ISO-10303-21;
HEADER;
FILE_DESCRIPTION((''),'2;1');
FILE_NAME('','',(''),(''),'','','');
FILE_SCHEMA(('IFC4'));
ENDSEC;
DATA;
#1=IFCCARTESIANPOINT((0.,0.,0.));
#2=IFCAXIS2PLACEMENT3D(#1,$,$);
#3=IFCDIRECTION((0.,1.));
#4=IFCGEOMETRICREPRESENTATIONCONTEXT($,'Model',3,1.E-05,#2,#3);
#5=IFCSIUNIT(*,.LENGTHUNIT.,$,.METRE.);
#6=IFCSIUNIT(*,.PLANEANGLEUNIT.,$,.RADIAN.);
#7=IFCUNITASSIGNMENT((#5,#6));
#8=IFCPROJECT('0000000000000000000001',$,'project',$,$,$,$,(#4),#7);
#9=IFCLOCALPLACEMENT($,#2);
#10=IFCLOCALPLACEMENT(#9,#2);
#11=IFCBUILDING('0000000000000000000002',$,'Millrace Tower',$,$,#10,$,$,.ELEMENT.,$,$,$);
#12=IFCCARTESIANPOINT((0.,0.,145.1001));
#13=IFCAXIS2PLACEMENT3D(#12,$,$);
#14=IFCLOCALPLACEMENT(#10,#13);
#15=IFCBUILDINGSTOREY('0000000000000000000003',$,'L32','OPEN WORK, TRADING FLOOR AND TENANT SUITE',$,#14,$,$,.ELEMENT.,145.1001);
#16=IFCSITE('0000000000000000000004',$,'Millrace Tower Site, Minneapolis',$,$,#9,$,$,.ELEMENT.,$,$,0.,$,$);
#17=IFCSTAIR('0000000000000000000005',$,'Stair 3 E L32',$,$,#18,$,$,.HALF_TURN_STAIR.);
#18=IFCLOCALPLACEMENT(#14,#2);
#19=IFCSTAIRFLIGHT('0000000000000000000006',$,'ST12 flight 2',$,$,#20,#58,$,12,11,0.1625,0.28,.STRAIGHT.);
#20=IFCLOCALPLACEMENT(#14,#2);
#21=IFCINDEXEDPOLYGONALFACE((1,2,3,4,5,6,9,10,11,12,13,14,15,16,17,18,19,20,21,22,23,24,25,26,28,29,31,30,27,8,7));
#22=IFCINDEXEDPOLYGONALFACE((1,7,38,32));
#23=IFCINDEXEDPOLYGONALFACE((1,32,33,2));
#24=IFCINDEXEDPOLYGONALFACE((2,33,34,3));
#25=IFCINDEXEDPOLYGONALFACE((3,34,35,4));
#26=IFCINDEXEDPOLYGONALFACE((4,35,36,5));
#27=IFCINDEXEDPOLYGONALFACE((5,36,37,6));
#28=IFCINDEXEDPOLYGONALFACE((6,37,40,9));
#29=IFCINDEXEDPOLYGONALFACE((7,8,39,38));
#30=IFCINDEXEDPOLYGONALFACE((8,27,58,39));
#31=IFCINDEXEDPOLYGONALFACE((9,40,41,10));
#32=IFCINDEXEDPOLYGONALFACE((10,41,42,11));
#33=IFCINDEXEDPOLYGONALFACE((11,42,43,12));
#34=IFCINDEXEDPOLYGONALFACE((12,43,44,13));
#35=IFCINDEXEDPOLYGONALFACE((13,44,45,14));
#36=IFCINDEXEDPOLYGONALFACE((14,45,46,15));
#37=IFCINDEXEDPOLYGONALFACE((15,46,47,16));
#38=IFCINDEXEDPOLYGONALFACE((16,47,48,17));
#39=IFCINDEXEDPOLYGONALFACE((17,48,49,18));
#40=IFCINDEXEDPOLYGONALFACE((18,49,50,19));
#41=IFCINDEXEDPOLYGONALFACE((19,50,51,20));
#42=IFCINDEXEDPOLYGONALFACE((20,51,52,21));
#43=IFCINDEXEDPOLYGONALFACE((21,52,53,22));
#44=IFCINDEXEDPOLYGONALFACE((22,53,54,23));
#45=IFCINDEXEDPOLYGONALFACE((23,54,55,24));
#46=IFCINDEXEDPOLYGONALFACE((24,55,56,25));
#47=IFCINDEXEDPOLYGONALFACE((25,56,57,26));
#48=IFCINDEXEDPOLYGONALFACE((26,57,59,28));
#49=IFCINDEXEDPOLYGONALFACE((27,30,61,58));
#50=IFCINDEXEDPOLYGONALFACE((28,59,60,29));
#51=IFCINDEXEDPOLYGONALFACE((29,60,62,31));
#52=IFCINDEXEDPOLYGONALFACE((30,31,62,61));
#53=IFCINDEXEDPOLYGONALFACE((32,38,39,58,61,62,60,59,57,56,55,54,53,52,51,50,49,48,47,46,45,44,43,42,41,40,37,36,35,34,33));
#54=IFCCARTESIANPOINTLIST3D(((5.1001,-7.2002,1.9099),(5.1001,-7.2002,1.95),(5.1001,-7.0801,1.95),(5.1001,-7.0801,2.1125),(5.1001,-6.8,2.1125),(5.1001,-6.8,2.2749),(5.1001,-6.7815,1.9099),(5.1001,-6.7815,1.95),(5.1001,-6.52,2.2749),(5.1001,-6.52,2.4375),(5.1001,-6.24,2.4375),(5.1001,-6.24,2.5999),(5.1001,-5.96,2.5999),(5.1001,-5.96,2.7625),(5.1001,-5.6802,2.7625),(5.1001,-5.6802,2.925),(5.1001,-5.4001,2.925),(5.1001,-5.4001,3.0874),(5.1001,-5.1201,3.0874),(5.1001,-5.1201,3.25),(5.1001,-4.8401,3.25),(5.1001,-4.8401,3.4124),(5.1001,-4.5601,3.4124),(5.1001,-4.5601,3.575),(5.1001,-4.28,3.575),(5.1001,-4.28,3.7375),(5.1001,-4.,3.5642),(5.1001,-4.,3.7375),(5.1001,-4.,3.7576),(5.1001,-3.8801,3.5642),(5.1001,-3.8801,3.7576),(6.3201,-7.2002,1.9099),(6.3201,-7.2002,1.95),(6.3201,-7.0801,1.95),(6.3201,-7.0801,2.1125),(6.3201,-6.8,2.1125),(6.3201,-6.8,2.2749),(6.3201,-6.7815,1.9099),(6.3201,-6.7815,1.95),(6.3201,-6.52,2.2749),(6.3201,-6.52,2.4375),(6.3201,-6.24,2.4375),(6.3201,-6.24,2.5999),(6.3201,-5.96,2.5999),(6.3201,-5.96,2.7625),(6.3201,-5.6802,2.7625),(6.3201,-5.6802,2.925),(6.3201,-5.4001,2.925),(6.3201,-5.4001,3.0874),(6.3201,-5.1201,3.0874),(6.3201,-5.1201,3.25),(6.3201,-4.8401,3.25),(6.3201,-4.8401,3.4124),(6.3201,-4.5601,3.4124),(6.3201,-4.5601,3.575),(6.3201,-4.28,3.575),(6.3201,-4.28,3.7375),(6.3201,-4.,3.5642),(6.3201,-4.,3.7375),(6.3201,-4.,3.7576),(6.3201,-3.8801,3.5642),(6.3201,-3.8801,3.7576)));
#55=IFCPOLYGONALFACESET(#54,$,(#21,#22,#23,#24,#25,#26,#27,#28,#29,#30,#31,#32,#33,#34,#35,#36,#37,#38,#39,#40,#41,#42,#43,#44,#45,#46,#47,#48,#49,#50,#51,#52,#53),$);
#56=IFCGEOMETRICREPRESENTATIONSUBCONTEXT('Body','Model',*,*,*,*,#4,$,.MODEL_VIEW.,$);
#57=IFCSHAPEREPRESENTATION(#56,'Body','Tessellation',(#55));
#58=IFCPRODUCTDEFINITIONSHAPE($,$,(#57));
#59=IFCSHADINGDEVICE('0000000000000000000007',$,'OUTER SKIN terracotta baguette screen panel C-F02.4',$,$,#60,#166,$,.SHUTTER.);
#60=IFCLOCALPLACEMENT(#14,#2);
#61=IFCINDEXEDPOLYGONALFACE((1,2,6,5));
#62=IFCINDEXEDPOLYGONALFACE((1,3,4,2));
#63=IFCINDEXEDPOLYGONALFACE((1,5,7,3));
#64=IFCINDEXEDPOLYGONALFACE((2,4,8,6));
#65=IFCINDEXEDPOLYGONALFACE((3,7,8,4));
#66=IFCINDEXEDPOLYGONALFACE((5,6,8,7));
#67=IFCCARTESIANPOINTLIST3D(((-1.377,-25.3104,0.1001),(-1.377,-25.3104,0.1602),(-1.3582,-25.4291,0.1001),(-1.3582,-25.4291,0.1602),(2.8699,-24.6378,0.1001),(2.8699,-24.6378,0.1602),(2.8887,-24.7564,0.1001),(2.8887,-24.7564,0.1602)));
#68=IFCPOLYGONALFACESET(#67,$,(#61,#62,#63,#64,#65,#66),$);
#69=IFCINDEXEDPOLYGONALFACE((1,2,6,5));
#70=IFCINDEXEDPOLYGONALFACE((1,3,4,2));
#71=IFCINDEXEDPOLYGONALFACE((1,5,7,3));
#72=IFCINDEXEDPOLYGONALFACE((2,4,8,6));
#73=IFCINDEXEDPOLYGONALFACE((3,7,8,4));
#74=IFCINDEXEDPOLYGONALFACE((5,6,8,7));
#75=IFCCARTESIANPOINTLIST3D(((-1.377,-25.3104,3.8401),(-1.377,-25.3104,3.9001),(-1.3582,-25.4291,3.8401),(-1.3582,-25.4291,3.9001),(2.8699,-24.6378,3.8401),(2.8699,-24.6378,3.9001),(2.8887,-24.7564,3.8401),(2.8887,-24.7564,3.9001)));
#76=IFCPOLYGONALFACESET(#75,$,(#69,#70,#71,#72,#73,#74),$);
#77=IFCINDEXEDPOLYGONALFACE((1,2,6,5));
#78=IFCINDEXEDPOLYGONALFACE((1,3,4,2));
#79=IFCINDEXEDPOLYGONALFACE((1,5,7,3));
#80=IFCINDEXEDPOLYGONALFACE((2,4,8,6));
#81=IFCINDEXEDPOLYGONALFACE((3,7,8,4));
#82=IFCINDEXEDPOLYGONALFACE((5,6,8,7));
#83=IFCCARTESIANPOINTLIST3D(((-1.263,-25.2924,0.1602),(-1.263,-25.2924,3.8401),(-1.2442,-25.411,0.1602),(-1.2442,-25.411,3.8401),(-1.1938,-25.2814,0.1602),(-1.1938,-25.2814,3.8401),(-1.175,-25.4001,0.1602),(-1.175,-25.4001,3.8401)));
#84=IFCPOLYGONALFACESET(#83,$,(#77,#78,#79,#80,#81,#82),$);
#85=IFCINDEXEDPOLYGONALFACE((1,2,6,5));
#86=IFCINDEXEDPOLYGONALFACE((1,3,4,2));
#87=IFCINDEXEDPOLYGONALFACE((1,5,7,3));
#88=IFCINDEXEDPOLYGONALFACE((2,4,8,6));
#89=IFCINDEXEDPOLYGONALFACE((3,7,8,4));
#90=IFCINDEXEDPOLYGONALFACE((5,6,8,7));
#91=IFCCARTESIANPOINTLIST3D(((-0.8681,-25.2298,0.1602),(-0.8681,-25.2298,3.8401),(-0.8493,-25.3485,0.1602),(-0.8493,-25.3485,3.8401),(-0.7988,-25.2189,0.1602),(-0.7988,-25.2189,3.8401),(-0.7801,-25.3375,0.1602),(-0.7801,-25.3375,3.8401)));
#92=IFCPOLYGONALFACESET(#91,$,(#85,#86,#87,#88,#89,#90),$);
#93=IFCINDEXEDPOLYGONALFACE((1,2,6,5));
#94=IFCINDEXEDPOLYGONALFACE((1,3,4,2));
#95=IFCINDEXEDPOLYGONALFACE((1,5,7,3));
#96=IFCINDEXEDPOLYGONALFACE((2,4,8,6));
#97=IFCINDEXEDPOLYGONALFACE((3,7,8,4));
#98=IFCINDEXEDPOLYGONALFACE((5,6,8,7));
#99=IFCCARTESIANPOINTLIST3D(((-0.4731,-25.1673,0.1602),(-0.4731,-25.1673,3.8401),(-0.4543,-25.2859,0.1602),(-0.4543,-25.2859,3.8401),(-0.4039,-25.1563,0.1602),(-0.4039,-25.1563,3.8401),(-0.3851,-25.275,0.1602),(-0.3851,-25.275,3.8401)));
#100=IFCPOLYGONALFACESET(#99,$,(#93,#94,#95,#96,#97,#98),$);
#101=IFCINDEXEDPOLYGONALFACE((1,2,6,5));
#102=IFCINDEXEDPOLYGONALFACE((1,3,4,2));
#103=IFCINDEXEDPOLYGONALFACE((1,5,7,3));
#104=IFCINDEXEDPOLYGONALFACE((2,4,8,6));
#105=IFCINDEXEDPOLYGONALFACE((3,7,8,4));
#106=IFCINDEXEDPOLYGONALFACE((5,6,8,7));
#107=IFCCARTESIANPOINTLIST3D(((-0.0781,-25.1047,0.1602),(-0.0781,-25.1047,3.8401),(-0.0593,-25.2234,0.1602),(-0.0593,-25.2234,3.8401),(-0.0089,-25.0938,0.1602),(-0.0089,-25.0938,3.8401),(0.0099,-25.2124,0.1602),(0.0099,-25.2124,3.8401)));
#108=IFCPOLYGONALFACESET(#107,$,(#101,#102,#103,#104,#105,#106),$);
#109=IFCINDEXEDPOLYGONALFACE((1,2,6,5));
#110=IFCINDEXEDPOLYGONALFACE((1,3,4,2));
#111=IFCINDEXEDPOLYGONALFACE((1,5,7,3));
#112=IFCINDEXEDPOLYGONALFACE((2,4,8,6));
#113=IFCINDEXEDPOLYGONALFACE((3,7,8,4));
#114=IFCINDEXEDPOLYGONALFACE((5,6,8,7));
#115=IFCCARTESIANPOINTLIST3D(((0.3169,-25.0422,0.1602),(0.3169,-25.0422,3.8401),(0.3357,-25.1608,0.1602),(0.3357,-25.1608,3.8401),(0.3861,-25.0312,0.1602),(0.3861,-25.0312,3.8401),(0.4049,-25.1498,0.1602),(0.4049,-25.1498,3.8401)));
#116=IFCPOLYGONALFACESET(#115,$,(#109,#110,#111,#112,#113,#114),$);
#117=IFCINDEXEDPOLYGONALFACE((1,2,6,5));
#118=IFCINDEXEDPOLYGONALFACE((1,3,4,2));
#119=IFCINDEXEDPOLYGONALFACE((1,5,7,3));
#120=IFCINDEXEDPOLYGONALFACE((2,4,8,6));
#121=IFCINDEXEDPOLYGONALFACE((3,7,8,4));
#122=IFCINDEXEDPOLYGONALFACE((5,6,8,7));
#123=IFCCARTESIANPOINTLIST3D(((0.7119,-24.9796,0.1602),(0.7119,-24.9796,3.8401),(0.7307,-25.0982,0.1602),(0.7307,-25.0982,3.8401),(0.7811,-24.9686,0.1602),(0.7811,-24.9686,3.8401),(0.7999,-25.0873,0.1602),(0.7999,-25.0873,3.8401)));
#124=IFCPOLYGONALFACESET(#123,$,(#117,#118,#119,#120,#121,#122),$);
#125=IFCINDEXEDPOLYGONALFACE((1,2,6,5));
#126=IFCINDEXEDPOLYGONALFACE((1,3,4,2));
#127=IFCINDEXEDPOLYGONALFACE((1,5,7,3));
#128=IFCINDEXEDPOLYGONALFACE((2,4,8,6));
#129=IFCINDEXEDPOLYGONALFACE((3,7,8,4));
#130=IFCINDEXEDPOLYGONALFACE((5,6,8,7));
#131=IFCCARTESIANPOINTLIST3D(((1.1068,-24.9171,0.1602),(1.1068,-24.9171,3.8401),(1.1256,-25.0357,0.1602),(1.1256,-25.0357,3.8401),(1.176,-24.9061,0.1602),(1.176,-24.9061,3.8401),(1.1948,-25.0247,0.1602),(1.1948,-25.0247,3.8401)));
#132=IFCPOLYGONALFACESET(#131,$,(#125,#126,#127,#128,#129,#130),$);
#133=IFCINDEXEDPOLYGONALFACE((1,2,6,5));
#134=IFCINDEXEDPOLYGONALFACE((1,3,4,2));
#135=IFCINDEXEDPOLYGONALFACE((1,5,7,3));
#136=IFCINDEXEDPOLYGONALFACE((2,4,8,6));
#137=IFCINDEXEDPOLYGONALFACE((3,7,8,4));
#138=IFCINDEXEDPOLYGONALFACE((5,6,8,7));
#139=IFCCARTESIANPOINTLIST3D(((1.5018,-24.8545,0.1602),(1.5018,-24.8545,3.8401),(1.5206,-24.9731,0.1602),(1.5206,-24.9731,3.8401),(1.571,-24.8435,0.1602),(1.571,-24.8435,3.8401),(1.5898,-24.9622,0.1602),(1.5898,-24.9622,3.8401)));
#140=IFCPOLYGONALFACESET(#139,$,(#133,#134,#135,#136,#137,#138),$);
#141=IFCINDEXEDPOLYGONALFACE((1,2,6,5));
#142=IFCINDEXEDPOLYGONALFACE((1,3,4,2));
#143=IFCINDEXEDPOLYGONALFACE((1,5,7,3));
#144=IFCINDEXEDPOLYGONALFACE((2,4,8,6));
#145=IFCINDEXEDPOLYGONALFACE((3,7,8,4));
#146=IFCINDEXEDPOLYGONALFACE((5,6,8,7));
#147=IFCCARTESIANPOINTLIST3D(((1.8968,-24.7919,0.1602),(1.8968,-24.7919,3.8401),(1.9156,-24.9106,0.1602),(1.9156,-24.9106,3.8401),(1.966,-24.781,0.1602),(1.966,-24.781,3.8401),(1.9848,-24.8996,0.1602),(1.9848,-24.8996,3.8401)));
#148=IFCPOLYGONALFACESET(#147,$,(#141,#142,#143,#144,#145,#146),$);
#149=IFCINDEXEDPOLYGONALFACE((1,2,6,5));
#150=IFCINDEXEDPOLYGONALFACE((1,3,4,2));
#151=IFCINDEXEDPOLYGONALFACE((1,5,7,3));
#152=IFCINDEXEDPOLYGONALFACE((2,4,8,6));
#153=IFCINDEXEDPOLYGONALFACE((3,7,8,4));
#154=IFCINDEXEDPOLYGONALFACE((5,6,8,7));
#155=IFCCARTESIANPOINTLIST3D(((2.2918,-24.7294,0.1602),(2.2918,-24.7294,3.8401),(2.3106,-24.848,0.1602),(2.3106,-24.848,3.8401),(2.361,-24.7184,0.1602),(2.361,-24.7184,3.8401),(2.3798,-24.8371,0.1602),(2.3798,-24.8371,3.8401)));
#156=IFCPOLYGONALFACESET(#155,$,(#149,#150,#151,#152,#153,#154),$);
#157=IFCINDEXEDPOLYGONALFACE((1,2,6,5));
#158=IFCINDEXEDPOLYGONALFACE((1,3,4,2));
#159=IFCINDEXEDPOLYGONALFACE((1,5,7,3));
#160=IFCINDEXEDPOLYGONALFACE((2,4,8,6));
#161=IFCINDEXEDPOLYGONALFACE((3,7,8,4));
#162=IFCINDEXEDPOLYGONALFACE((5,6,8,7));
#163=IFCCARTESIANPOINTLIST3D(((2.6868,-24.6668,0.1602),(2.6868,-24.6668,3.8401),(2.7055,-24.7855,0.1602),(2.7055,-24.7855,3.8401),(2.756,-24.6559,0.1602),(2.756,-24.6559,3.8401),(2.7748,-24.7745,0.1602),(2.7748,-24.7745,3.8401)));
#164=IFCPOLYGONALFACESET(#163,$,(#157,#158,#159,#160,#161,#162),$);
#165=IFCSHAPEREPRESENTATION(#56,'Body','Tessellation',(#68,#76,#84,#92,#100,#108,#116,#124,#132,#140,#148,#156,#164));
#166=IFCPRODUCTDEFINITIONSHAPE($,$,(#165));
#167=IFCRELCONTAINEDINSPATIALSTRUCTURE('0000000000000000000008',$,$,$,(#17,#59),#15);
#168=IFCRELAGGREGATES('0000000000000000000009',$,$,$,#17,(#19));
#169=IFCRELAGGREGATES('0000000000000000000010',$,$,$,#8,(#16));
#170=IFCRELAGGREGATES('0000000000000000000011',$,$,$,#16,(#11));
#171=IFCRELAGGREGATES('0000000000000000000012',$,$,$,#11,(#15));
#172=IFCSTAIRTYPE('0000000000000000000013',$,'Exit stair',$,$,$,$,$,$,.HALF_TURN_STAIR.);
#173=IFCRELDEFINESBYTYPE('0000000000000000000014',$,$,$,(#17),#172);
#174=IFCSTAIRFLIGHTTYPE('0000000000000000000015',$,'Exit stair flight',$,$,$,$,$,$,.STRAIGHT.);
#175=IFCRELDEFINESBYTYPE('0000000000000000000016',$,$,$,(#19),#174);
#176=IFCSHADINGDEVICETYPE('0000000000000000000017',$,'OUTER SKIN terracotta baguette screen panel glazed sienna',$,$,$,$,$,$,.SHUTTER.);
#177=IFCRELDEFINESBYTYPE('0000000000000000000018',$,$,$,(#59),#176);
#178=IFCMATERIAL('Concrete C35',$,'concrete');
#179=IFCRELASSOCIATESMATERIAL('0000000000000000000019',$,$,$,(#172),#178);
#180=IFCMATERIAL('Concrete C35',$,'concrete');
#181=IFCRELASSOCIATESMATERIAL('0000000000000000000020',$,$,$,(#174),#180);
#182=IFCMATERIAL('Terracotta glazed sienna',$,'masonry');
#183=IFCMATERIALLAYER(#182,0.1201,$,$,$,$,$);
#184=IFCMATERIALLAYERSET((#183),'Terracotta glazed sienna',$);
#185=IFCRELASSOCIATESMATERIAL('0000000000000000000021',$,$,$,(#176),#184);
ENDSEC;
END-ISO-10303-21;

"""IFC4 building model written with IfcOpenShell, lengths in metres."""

from ifc_helpers import new_model, entity, si_unit, direction, frame, frame_2d, origin, origin_2d, place, context, subcontext, project, spatial, polyline, rectangle, outline, extrude, source, transform, mapped, material, layer, layer_set, type_object, element, aggregate, save


model = new_model("IFC4")

# Units and contexts
model_context = context("Model", 3, precision=1e-05, world=origin(), true_north=direction((0.0, 1.0)))
body_context = subcontext(model_context, "Body", "Model", "MODEL_VIEW")
ifc_project = project(units=[si_unit("LENGTHUNIT", "METRE"), si_unit("PLANEANGLEUNIT", "RADIAN")], contexts=[model_context])

# Site, building, storey
site_placement = place(None, origin())
site = spatial("IfcSite", under=ifc_project, at=site_placement, Name="Millrace Tower Site, Minneapolis", CompositionType="ELEMENT", RefElevation=0.0)
building_placement = place(site_placement, origin())
building = spatial("IfcBuilding", under=site, at=building_placement, Name="Millrace Tower", CompositionType="ELEMENT")
storey_placement = place(building_placement, frame((0.0, 0.0, 145.1001)))
storey = spatial("IfcBuildingStorey", under=building, at=storey_placement, Name="L32", Description="OPEN WORK, TRADING FLOOR AND TENANT SUITE", CompositionType="ELEMENT", Elevation=145.1001)

# Shared definitions
placement = place(storey_placement, origin())

# Stair, stair flight
ifc_material_1 = material(Name="Concrete C35", Category="concrete")
stair_type = type_object("IfcStairType", Name="Exit stair", PredefinedType="HALF_TURN_STAIR", material=ifc_material_1)
ifc_material_2 = material(Name="Concrete C35", Category="concrete")
stair_flight_type = type_object("IfcStairFlightType", Name="Exit stair flight", PredefinedType="STRAIGHT", material=ifc_material_2)
stair_1 = element("IfcStair", 1, at=placement, inside=storey, type_object=stair_type, Name="Stair 3 E L32", PredefinedType="HALF_TURN_STAIR")
stair_flight_1_placement = place(storey_placement, frame((5.71, -7.0801, 1.95), z_axis=(0.0, 0.0, 1.0), x_axis=(0.0, 1.0, 0.0)))
stair_flight_1 = element("IfcStairFlight", 2, at=stair_flight_1_placement, type_object=stair_flight_type, Name="ST12 flight 2", NumberOfRisers=12, NumberOfTreads=11, PredefinedType="STRAIGHT", RiserHeight=0.1625, TreadLength=0.28, context=body_context, shape_type="SweptSolid", body=[
    extrude(outline(polyline([(-0.1201, -0.04), (-0.1201, 0.0), (0.0, 0.0), (0.0, 0.1626), (0.28, 0.1626), (0.28, 0.325), (0.5601, 0.325), (0.5601, 0.4875), (0.8401, 0.4875), (0.8401, 0.6499), (1.1201, 0.6499), (1.1201, 0.8125), (1.3999, 0.8125), (1.3999, 0.9751), (1.6799, 0.9751), (1.6799, 1.1375), (1.96, 1.1375), (1.96, 1.3), (2.24, 1.3), (2.24, 1.4624), (2.52, 1.4624), (2.52, 1.625), (2.8, 1.625), (2.8, 1.7876), (3.0801, 1.7876), (3.0801, 1.8076), (3.2, 1.8076), (3.2, 1.6143), (3.0801, 1.6143), (0.2986, 0.0), (0.2986, -0.04), (-0.1201, -0.04)])), frame((0.0, 0.6099, 0.0), z_axis=(0.0, -1.0, 0.0), x_axis=(1.0, 0.0, 0.0)), (0.0, 0.0, 1.0), 1.22),
])
aggregate(stair_1, [stair_flight_1])

# Shading device
ifc_material_3 = material(Name="Terracotta glazed sienna", Category="masonry")
ifc_layer_1 = layer(ifc_material_3, 0.1201)
ifc_layer_set_1 = layer_set([ifc_layer_1], Name="Terracotta glazed sienna")
shading_device_type = type_object("IfcShadingDeviceType", Name="OUTER SKIN terracotta baguette screen panel glazed sienna", PredefinedType="SHUTTER", material=ifc_layer_set_1)
cartesian_point = entity("IfcCartesianPoint", [-2.1499, 0.0601])
shared_polyline = entity("IfcPolyline", [cartesian_point, entity("IfcCartesianPoint", [2.1499, 0.0601]), entity("IfcCartesianPoint", [2.1499, -0.0601]), entity("IfcCartesianPoint", [-2.1499, -0.0601]), cartesian_point])
shared_shape = source(origin(), body_context, "Body", "SweptSolid", [
    entity("IfcExtrudedAreaSolid", entity("IfcArbitraryClosedProfileDef", "AREA", None, shared_polyline), entity("IfcAxis2Placement3D", entity("IfcCartesianPoint", [0.0, 0.0, 0.0])), entity("IfcDirection", [0.0, 0.0, 1.0]), 0.0601),
    entity("IfcExtrudedAreaSolid", entity("IfcArbitraryClosedProfileDef", "AREA", None, shared_polyline), entity("IfcAxis2Placement3D", entity("IfcCartesianPoint", [0.0, 0.0, 3.74])), entity("IfcDirection", [0.0, 0.0, 1.0]), 0.0601),
    extrude(rectangle(XDim=0.0701, YDim=0.1201, at=frame_2d((-1.9995, 0.0))), frame((0.0, 0.0, 0.0601)), (0.0, 0.0, 1.0), 3.6799),
    extrude(rectangle(XDim=0.0701, YDim=0.1201, at=frame_2d((-1.5996, 0.0))), frame((0.0, 0.0, 0.0601)), (0.0, 0.0, 1.0), 3.6799),
    extrude(rectangle(XDim=0.0701, YDim=0.1201, at=frame_2d((-1.1997, 0.0))), frame((0.0, 0.0, 0.0601)), (0.0, 0.0, 1.0), 3.6799),
    extrude(rectangle(XDim=0.0701, YDim=0.1201, at=frame_2d((-0.7998, 0.0))), frame((0.0, 0.0, 0.0601)), (0.0, 0.0, 1.0), 3.6799),
    extrude(rectangle(XDim=0.0701, YDim=0.1201, at=frame_2d((-0.3999, 0.0))), frame((0.0, 0.0, 0.0601)), (0.0, 0.0, 1.0), 3.6799),
    extrude(rectangle(XDim=0.0701, YDim=0.1201, at=origin_2d()), frame((0.0, 0.0, 0.0601)), (0.0, 0.0, 1.0), 3.6799),
    extrude(rectangle(XDim=0.0701, YDim=0.1201, at=frame_2d((0.3999, 0.0))), frame((0.0, 0.0, 0.0601)), (0.0, 0.0, 1.0), 3.6799),
    extrude(rectangle(XDim=0.0701, YDim=0.1201, at=frame_2d((0.7998, 0.0))), frame((0.0, 0.0, 0.0601)), (0.0, 0.0, 1.0), 3.6799),
    extrude(rectangle(XDim=0.0701, YDim=0.1201, at=frame_2d((1.1997, 0.0))), frame((0.0, 0.0, 0.0601)), (0.0, 0.0, 1.0), 3.6799),
    extrude(rectangle(XDim=0.0701, YDim=0.1201, at=frame_2d((1.5996, 0.0))), frame((0.0, 0.0, 0.0601)), (0.0, 0.0, 1.0), 3.6799),
    extrude(rectangle(XDim=0.0701, YDim=0.1201, at=frame_2d((1.9995, 0.0))), frame((0.0, 0.0, 0.0601)), (0.0, 0.0, 1.0), 3.6799),
])
for number, where, z_axis, x_axis, name in (
    (3, (0.7559, -25.0334, 0.1001), (0.0, 0.0, 1.0), (0.987688, 0.156434, 0.0), "OUTER SKIN terracotta baguette screen panel C-F02.4"),
):
    element("IfcShadingDevice", number, at=place(storey_placement, frame(where, z_axis=z_axis, x_axis=x_axis)), inside=storey, type_object=shading_device_type, Name=name, PredefinedType="SHUTTER", context=body_context, shape_type="MappedRepresentation", body=[
        mapped(shared_shape, transform((0.0, 0.0, 0.0), scale=1.0)),
    ])

save(model, "model.ifc")
